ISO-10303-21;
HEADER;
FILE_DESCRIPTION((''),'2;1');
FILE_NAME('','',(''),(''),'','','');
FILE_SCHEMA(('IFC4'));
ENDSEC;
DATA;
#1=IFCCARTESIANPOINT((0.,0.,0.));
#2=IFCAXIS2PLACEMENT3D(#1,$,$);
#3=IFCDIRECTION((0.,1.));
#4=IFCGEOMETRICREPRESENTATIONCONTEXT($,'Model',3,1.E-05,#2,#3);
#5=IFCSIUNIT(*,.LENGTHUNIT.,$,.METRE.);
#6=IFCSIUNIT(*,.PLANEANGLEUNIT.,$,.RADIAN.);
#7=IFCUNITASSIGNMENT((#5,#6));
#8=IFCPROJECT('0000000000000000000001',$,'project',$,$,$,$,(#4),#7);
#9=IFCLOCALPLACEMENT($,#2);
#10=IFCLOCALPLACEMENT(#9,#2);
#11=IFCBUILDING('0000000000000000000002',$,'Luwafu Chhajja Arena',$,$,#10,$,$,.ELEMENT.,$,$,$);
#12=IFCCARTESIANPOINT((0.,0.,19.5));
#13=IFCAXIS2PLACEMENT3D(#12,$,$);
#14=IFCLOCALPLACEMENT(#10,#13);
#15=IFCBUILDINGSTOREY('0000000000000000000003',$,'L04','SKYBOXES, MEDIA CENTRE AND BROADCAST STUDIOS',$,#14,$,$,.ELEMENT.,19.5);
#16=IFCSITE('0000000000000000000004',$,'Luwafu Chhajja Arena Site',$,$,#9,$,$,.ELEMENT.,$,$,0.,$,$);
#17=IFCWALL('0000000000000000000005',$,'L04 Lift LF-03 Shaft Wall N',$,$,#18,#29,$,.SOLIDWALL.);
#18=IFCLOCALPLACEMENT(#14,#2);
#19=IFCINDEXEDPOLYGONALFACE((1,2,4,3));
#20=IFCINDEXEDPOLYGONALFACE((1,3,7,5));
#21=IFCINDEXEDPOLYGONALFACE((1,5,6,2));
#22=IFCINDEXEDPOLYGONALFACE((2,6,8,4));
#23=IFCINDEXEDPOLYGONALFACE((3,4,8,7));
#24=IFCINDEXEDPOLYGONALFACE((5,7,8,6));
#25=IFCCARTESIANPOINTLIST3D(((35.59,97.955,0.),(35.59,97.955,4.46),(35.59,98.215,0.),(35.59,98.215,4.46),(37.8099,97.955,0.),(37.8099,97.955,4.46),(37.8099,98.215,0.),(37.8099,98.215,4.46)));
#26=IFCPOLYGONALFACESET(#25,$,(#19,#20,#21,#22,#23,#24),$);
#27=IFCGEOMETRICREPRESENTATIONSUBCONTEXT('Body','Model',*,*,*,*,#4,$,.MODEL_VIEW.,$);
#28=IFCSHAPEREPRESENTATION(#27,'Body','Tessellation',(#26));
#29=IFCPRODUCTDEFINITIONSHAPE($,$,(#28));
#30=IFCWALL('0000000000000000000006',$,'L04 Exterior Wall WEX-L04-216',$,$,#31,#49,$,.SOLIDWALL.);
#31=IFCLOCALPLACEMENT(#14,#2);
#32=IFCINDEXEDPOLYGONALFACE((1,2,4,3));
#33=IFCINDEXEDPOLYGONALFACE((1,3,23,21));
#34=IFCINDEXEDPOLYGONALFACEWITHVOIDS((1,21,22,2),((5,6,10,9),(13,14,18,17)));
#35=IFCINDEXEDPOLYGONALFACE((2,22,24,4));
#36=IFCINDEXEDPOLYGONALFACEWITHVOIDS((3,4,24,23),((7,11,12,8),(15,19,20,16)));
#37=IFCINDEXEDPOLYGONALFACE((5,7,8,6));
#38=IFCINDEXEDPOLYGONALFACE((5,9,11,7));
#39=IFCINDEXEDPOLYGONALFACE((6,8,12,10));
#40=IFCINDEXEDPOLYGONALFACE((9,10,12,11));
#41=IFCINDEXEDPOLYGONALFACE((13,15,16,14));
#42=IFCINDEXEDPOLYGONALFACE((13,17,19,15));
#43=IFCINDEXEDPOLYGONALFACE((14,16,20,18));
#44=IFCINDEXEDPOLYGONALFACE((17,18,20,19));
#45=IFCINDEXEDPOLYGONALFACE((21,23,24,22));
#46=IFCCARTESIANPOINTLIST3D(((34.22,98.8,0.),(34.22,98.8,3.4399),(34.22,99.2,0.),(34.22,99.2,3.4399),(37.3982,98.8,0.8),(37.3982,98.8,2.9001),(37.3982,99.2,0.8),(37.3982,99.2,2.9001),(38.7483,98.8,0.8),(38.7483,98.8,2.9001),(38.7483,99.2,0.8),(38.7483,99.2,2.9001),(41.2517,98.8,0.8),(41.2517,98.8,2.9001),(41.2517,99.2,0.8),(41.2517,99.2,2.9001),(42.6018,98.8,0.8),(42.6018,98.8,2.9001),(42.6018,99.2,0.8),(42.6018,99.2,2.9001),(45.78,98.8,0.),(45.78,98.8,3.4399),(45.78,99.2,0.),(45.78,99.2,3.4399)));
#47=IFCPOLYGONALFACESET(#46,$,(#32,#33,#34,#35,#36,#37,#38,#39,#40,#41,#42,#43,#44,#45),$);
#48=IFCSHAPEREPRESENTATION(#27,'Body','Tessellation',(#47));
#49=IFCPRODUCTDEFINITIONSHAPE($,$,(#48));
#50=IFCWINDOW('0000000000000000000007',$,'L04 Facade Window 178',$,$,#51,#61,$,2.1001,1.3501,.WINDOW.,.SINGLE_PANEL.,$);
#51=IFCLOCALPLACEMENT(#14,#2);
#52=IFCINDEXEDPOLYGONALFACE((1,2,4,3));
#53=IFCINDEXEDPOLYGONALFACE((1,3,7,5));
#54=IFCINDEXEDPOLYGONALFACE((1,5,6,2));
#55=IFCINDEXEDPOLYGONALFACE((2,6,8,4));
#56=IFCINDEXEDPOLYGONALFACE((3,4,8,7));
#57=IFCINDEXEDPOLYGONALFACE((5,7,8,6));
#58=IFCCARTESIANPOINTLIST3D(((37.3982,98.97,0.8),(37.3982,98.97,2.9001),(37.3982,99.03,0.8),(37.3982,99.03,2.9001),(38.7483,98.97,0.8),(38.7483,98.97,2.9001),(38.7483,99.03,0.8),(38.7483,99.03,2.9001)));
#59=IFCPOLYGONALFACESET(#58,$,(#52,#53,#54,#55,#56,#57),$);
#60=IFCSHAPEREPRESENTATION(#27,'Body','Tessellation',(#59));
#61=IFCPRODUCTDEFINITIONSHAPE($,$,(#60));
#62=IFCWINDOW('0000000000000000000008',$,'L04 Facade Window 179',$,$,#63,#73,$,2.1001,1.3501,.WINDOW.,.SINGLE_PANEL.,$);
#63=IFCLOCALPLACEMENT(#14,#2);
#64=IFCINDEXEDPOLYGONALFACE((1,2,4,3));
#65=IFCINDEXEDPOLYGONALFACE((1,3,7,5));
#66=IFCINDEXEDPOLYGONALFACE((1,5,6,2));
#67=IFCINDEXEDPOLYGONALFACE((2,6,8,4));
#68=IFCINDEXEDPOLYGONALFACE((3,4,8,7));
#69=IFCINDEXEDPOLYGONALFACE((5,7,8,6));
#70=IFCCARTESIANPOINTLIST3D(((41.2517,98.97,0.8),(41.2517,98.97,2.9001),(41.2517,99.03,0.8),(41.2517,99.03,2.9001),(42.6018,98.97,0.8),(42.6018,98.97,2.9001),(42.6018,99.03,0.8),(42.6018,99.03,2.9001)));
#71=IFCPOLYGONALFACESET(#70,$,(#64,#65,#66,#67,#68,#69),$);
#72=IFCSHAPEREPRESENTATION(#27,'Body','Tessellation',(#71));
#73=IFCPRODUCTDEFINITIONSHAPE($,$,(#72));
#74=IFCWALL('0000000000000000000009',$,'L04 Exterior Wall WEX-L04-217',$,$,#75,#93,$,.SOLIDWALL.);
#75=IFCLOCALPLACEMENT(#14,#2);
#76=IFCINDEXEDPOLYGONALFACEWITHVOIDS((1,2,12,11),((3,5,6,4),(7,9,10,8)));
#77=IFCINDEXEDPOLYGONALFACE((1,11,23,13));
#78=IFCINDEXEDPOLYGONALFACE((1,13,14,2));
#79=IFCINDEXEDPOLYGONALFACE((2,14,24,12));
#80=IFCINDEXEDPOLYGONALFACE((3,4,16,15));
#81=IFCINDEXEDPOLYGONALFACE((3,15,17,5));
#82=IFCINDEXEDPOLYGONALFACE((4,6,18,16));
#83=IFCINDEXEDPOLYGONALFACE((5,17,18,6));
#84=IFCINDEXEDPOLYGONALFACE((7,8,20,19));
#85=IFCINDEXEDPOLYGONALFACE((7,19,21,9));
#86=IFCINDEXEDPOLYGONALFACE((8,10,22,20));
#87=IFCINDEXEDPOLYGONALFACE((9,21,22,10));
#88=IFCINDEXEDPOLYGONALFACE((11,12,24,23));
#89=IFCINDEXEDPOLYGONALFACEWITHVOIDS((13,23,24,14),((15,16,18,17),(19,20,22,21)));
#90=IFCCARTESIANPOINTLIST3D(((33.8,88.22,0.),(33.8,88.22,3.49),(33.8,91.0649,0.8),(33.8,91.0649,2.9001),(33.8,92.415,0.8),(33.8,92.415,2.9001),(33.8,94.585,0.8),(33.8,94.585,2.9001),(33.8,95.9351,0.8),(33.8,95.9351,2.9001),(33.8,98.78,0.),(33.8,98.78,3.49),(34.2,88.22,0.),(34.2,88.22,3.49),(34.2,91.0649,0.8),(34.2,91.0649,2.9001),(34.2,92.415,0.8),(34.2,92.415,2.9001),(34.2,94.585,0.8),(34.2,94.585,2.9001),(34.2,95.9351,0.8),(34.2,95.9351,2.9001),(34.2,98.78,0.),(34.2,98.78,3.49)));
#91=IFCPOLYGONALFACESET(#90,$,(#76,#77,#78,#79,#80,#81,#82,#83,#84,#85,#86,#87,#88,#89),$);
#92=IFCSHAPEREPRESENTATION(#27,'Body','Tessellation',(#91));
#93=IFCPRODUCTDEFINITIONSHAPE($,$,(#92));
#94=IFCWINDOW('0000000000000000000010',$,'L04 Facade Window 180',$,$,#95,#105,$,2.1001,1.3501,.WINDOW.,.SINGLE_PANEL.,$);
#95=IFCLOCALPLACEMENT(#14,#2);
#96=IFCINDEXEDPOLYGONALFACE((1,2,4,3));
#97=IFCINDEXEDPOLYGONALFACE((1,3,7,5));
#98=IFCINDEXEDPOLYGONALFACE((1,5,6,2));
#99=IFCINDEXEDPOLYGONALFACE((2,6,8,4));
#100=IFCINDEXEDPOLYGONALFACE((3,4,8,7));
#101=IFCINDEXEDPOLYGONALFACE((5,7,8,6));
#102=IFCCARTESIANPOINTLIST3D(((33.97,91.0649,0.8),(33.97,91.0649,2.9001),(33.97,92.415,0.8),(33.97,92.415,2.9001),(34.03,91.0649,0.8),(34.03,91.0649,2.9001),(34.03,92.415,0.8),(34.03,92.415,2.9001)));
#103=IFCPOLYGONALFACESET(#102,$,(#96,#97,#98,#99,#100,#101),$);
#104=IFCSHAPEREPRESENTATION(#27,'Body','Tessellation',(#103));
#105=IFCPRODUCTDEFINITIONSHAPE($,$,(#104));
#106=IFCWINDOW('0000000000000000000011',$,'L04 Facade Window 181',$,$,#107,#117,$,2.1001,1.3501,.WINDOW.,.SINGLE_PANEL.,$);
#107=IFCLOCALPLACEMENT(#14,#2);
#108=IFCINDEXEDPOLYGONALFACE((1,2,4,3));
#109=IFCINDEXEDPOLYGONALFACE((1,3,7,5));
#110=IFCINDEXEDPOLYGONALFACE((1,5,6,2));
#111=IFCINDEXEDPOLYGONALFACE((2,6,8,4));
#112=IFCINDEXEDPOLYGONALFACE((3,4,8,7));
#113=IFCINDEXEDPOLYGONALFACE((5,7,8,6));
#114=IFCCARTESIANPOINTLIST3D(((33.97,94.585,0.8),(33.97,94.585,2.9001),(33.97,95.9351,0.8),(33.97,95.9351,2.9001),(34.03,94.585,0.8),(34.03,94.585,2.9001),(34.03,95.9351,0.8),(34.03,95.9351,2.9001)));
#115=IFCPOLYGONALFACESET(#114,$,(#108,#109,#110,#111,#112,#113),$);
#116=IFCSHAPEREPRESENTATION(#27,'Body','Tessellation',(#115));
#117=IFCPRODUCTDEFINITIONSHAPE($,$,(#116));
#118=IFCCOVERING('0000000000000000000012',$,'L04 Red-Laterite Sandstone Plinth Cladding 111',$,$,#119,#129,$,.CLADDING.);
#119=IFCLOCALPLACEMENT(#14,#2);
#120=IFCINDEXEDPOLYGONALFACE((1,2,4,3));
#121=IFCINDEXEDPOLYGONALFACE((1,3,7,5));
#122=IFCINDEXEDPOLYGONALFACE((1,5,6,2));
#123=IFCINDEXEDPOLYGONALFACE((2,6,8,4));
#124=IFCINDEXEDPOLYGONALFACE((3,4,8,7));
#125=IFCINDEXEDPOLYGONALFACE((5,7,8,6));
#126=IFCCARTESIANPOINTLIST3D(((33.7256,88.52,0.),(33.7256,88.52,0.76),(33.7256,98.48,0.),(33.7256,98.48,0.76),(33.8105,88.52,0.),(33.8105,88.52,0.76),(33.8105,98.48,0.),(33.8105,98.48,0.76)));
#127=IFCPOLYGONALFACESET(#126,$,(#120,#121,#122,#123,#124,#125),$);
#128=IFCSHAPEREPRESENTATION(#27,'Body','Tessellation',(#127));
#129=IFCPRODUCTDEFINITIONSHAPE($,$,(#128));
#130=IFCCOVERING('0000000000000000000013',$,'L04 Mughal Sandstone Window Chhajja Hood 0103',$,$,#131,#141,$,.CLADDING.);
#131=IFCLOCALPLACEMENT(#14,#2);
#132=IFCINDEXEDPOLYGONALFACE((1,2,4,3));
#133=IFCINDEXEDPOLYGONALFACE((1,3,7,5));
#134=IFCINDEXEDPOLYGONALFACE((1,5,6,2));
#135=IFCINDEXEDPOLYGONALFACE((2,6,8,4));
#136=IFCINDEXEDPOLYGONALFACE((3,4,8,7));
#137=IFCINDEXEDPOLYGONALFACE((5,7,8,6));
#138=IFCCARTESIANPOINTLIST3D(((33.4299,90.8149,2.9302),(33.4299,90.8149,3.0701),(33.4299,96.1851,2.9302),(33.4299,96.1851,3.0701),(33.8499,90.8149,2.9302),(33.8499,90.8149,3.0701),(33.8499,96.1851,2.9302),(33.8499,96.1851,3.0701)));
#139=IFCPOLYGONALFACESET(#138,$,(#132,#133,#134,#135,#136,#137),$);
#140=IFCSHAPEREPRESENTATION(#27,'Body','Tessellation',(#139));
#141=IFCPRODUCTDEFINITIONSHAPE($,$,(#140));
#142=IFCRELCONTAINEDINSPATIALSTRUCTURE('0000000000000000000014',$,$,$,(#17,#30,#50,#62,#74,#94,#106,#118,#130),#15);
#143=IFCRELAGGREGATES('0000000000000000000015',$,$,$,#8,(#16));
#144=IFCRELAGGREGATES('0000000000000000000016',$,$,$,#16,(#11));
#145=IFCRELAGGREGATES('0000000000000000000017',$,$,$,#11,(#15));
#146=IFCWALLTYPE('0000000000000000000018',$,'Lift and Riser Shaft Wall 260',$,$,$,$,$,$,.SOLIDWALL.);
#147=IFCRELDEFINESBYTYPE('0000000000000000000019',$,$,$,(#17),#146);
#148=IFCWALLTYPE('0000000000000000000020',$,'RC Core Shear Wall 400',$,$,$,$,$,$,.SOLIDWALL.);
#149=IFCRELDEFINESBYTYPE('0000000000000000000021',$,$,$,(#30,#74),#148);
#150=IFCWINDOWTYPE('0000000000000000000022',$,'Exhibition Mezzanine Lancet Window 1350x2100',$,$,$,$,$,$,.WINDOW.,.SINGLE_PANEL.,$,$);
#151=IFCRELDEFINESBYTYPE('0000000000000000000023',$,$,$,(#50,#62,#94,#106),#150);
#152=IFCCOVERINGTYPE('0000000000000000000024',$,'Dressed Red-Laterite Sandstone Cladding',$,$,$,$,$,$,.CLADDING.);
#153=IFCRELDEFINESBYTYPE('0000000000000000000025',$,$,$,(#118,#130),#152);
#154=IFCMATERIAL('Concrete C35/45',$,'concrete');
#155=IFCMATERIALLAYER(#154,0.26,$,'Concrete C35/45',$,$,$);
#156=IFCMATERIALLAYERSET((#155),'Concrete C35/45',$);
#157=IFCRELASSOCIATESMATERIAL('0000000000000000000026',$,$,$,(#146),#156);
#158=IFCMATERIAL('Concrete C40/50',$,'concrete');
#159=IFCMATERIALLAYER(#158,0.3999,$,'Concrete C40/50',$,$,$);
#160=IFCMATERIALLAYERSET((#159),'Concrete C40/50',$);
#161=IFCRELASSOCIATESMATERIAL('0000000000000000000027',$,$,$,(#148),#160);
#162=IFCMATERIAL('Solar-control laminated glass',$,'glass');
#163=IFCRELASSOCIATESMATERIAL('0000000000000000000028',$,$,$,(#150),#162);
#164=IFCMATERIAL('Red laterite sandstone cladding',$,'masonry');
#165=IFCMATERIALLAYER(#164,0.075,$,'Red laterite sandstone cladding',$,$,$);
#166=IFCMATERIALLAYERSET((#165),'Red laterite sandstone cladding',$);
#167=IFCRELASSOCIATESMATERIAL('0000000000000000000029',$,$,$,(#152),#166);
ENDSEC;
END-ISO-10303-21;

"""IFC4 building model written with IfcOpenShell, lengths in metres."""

from ifc_helpers import new_model, si_unit, direction, frame, frame_2d, origin, origin_2d, place, context, subcontext, project, spatial, rectangle, extrude, material, layer, layer_set, type_object, element, fill, save


model = new_model("IFC4")

# Units and contexts
model_context = context("Model", 3, precision=1e-05, world=origin(), true_north=direction((0.0, 1.0)))
body_context = subcontext(model_context, "Body", "Model", "MODEL_VIEW")
ifc_project = project(units=[si_unit("LENGTHUNIT", "METRE"), si_unit("PLANEANGLEUNIT", "RADIAN")], contexts=[model_context])

# Site, building, storey
site_placement = place(None, origin())
site = spatial("IfcSite", under=ifc_project, at=site_placement, Name="Luwafu Chhajja Arena Site", CompositionType="ELEMENT", RefElevation=0.0)
building_placement = place(site_placement, origin())
building = spatial("IfcBuilding", under=site, at=building_placement, Name="Luwafu Chhajja Arena", CompositionType="ELEMENT")
storey_placement = place(building_placement, frame((0.0, 0.0, 19.5)))
storey = spatial("IfcBuildingStorey", under=building, at=storey_placement, Name="L04", Description="SKYBOXES, MEDIA CENTRE AND BROADCAST STUDIOS", CompositionType="ELEMENT", Elevation=19.5)

# Shared definitions
ifc_material_1 = material(Name="Concrete C35/45", Category="concrete")

# Shared definitions
ifc_material_2 = material(Name="Concrete C40/50", Category="concrete")

# Shared definitions
ifc_layer_1 = layer(ifc_material_1, 0.26, Name="Concrete C35/45")
ifc_layer_set_1 = layer_set([ifc_layer_1], Name="Concrete C35/45")
wall_type_1 = type_object("IfcWallType", Name="Lift and Riser Shaft Wall 260", PredefinedType="SOLIDWALL", material=ifc_layer_set_1)

# Wall
wall_1_placement = place(storey_placement, frame((35.5901, 98.085, 0.0), z_axis=(0.0, 0.0, 1.0), x_axis=(1.0, 0.0, 0.0)))
element("IfcWall", 1, at=wall_1_placement, inside=storey, type_object=wall_type_1, Name="L04 Lift LF-03 Shaft Wall N", PredefinedType="SOLIDWALL", context=body_context, shape_type="SweptSolid", body=[
    extrude(rectangle(XDim=2.22, YDim=0.26, at=frame_2d((1.1099, 0.0))), origin(), (0.0, 0.0, 1.0), 4.46),
])

# Walls, openings, windows
ifc_layer_2 = layer(ifc_material_2, 0.3999, Name="Concrete C40/50")
ifc_layer_set_2 = layer_set([ifc_layer_2], Name="Concrete C40/50")
wall_type_2 = type_object("IfcWallType", Name="RC Core Shear Wall 400", PredefinedType="SOLIDWALL", material=ifc_layer_set_2)
wall_2_placement = place(storey_placement, frame((34.22, 99.0, 0.0), z_axis=(0.0, 0.0, 1.0), x_axis=(1.0, 0.0, 0.0)))
wall_2 = element("IfcWall", 2, at=wall_2_placement, inside=storey, type_object=wall_type_2, Name="L04 Exterior Wall WEX-L04-216", PredefinedType="SOLIDWALL", context=body_context, shape_type="SweptSolid", body=[
    extrude(rectangle(XDim=11.5601, YDim=0.3999, at=frame_2d((5.78, 0.0))), origin(), (0.0, 0.0, 1.0), 3.4399),
])
opening_1_placement = place(wall_2_placement, frame((3.1782, 0.0, 0.8)))
opening_1 = element("IfcOpeningElement", 3, at=opening_1_placement, cuts=wall_2, PredefinedType="OPENING", context=body_context, shape_type="SweptSolid", body=[
    extrude(rectangle(XDim=1.3501, YDim=2.1001, at=frame_2d((0.675, 1.05))), frame((0.0, 0.21, 0.0), z_axis=(0.0, -1.0, 0.0), x_axis=(1.0, 0.0, 0.0)), (0.0, 0.0, 1.0), 0.4199),
])
opening_2_placement = place(wall_2_placement, frame((7.0317, 0.0, 0.8)))
opening_2 = element("IfcOpeningElement", 4, at=opening_2_placement, cuts=wall_2, PredefinedType="OPENING", context=body_context, shape_type="SweptSolid", body=[
    extrude(rectangle(XDim=1.3501, YDim=2.1001, at=frame_2d((0.675, 1.05))), frame((0.0, 0.21, 0.0), z_axis=(0.0, -1.0, 0.0), x_axis=(1.0, 0.0, 0.0)), (0.0, 0.0, 1.0), 0.4199),
])
ifc_material_3 = material(Name="Solar-control laminated glass", Category="glass")
window_type = type_object("IfcWindowType", Name="Exhibition Mezzanine Lancet Window 1350x2100", PartitioningType="SINGLE_PANEL", PredefinedType="WINDOW", material=ifc_material_3)
window_1_placement = place(opening_1_placement, origin())
window_1 = element("IfcWindow", 5, at=window_1_placement, inside=storey, type_object=window_type, Name="L04 Facade Window 178", OverallHeight=2.1001, OverallWidth=1.3501, PartitioningType="SINGLE_PANEL", PredefinedType="WINDOW", context=body_context, shape_type="SweptSolid", body=[
    extrude(rectangle(XDim=1.3501, YDim=2.1001, at=frame_2d((0.675, 1.05))), frame((0.0, 0.03, 0.0), z_axis=(0.0, -1.0, 0.0), x_axis=(1.0, 0.0, 0.0)), (0.0, 0.0, 1.0), 0.0601),
])
fill(opening_1, window_1)
window_2_placement = place(opening_2_placement, origin())
window_2 = element("IfcWindow", 6, at=window_2_placement, inside=storey, type_object=window_type, Name="L04 Facade Window 179", OverallHeight=2.1001, OverallWidth=1.3501, PartitioningType="SINGLE_PANEL", PredefinedType="WINDOW", context=body_context, shape_type="SweptSolid", body=[
    extrude(rectangle(XDim=1.3501, YDim=2.1001, at=frame_2d((0.675, 1.05))), frame((0.0, 0.03, 0.0), z_axis=(0.0, -1.0, 0.0), x_axis=(1.0, 0.0, 0.0)), (0.0, 0.0, 1.0), 0.0601),
])
fill(opening_2, window_2)
wall_3_placement = place(storey_placement, frame((34.0, 88.22, 0.0), z_axis=(0.0, 0.0, 1.0), x_axis=(0.0, 1.0, 0.0)))
wall_3 = element("IfcWall", 7, at=wall_3_placement, inside=storey, type_object=wall_type_2, Name="L04 Exterior Wall WEX-L04-217", PredefinedType="SOLIDWALL", context=body_context, shape_type="SweptSolid", body=[
    extrude(rectangle(XDim=10.5601, YDim=0.3999, at=frame_2d((5.28, 0.0))), origin(), (0.0, 0.0, 1.0), 3.49),
])
opening_3_placement = place(wall_3_placement, frame((2.845, 0.0, 0.8)))
opening_3 = element("IfcOpeningElement", 8, at=opening_3_placement, cuts=wall_3, PredefinedType="OPENING", context=body_context, shape_type="SweptSolid", body=[
    extrude(rectangle(XDim=1.3501, YDim=2.1001, at=frame_2d((0.675, 1.05))), frame((0.0, 0.21, 0.0), z_axis=(0.0, -1.0, 0.0), x_axis=(1.0, 0.0, 0.0)), (0.0, 0.0, 1.0), 0.4199),
])
opening_4_placement = place(wall_3_placement, frame((6.365, 0.0, 0.8)))
opening_4 = element("IfcOpeningElement", 9, at=opening_4_placement, cuts=wall_3, PredefinedType="OPENING", context=body_context, shape_type="SweptSolid", body=[
    extrude(rectangle(XDim=1.3501, YDim=2.1001, at=frame_2d((0.675, 1.05))), frame((0.0, 0.21, 0.0), z_axis=(0.0, -1.0, 0.0), x_axis=(1.0, 0.0, 0.0)), (0.0, 0.0, 1.0), 0.4199),
])
window_3_placement = place(opening_3_placement, origin())
window_3 = element("IfcWindow", 10, at=window_3_placement, inside=storey, type_object=window_type, Name="L04 Facade Window 180", OverallHeight=2.1001, OverallWidth=1.3501, PartitioningType="SINGLE_PANEL", PredefinedType="WINDOW", context=body_context, shape_type="SweptSolid", body=[
    extrude(rectangle(XDim=1.3501, YDim=2.1001, at=frame_2d((0.675, 1.05))), frame((0.0, 0.03, 0.0), z_axis=(0.0, -1.0, 0.0), x_axis=(1.0, 0.0, 0.0)), (0.0, 0.0, 1.0), 0.0601),
])
fill(opening_3, window_3)
window_4_placement = place(opening_4_placement, origin())
window_4 = element("IfcWindow", 11, at=window_4_placement, inside=storey, type_object=window_type, Name="L04 Facade Window 181", OverallHeight=2.1001, OverallWidth=1.3501, PartitioningType="SINGLE_PANEL", PredefinedType="WINDOW", context=body_context, shape_type="SweptSolid", body=[
    extrude(rectangle(XDim=1.3501, YDim=2.1001, at=frame_2d((0.675, 1.05))), frame((0.0, 0.03, 0.0), z_axis=(0.0, -1.0, 0.0), x_axis=(1.0, 0.0, 0.0)), (0.0, 0.0, 1.0), 0.0601),
])
fill(opening_4, window_4)

# Coverings
ifc_material_4 = material(Name="Red laterite sandstone cladding", Category="masonry")
ifc_layer_3 = layer(ifc_material_4, 0.075, Name="Red laterite sandstone cladding")
ifc_layer_set_3 = layer_set([ifc_layer_3], Name="Red laterite sandstone cladding")
covering_type = type_object("IfcCoveringType", Name="Dressed Red-Laterite Sandstone Cladding", PredefinedType="CLADDING", material=ifc_layer_set_3)
covering_1_placement = place(storey_placement, frame((33.7681, 93.5, 0.0), z_axis=(0.0, 0.0, 1.0), x_axis=(0.0, 1.0, 0.0)))
element("IfcCovering", 12, at=covering_1_placement, inside=storey, type_object=covering_type, Name="L04 Red-Laterite Sandstone Plinth Cladding 111", PredefinedType="CLADDING", context=body_context, shape_type="SweptSolid", body=[
    extrude(rectangle(XDim=9.96, YDim=0.085, at=origin_2d()), origin(), (0.0, 0.0, 1.0), 0.76),
])
covering_2_placement = place(storey_placement, frame((33.6399, 93.5, 2.9302), z_axis=(0.0, 0.0, 1.0), x_axis=(0.0, 1.0, 0.0)))
element("IfcCovering", 13, at=covering_2_placement, inside=storey, type_object=covering_type, Name="L04 Mughal Sandstone Window Chhajja Hood 0103", PredefinedType="CLADDING", context=body_context, shape_type="SweptSolid", body=[
    extrude(rectangle(XDim=5.3701, YDim=0.4199, at=origin_2d()), origin(), (0.0, 0.0, 1.0), 0.1399),
])

save(model, "model.ifc")
